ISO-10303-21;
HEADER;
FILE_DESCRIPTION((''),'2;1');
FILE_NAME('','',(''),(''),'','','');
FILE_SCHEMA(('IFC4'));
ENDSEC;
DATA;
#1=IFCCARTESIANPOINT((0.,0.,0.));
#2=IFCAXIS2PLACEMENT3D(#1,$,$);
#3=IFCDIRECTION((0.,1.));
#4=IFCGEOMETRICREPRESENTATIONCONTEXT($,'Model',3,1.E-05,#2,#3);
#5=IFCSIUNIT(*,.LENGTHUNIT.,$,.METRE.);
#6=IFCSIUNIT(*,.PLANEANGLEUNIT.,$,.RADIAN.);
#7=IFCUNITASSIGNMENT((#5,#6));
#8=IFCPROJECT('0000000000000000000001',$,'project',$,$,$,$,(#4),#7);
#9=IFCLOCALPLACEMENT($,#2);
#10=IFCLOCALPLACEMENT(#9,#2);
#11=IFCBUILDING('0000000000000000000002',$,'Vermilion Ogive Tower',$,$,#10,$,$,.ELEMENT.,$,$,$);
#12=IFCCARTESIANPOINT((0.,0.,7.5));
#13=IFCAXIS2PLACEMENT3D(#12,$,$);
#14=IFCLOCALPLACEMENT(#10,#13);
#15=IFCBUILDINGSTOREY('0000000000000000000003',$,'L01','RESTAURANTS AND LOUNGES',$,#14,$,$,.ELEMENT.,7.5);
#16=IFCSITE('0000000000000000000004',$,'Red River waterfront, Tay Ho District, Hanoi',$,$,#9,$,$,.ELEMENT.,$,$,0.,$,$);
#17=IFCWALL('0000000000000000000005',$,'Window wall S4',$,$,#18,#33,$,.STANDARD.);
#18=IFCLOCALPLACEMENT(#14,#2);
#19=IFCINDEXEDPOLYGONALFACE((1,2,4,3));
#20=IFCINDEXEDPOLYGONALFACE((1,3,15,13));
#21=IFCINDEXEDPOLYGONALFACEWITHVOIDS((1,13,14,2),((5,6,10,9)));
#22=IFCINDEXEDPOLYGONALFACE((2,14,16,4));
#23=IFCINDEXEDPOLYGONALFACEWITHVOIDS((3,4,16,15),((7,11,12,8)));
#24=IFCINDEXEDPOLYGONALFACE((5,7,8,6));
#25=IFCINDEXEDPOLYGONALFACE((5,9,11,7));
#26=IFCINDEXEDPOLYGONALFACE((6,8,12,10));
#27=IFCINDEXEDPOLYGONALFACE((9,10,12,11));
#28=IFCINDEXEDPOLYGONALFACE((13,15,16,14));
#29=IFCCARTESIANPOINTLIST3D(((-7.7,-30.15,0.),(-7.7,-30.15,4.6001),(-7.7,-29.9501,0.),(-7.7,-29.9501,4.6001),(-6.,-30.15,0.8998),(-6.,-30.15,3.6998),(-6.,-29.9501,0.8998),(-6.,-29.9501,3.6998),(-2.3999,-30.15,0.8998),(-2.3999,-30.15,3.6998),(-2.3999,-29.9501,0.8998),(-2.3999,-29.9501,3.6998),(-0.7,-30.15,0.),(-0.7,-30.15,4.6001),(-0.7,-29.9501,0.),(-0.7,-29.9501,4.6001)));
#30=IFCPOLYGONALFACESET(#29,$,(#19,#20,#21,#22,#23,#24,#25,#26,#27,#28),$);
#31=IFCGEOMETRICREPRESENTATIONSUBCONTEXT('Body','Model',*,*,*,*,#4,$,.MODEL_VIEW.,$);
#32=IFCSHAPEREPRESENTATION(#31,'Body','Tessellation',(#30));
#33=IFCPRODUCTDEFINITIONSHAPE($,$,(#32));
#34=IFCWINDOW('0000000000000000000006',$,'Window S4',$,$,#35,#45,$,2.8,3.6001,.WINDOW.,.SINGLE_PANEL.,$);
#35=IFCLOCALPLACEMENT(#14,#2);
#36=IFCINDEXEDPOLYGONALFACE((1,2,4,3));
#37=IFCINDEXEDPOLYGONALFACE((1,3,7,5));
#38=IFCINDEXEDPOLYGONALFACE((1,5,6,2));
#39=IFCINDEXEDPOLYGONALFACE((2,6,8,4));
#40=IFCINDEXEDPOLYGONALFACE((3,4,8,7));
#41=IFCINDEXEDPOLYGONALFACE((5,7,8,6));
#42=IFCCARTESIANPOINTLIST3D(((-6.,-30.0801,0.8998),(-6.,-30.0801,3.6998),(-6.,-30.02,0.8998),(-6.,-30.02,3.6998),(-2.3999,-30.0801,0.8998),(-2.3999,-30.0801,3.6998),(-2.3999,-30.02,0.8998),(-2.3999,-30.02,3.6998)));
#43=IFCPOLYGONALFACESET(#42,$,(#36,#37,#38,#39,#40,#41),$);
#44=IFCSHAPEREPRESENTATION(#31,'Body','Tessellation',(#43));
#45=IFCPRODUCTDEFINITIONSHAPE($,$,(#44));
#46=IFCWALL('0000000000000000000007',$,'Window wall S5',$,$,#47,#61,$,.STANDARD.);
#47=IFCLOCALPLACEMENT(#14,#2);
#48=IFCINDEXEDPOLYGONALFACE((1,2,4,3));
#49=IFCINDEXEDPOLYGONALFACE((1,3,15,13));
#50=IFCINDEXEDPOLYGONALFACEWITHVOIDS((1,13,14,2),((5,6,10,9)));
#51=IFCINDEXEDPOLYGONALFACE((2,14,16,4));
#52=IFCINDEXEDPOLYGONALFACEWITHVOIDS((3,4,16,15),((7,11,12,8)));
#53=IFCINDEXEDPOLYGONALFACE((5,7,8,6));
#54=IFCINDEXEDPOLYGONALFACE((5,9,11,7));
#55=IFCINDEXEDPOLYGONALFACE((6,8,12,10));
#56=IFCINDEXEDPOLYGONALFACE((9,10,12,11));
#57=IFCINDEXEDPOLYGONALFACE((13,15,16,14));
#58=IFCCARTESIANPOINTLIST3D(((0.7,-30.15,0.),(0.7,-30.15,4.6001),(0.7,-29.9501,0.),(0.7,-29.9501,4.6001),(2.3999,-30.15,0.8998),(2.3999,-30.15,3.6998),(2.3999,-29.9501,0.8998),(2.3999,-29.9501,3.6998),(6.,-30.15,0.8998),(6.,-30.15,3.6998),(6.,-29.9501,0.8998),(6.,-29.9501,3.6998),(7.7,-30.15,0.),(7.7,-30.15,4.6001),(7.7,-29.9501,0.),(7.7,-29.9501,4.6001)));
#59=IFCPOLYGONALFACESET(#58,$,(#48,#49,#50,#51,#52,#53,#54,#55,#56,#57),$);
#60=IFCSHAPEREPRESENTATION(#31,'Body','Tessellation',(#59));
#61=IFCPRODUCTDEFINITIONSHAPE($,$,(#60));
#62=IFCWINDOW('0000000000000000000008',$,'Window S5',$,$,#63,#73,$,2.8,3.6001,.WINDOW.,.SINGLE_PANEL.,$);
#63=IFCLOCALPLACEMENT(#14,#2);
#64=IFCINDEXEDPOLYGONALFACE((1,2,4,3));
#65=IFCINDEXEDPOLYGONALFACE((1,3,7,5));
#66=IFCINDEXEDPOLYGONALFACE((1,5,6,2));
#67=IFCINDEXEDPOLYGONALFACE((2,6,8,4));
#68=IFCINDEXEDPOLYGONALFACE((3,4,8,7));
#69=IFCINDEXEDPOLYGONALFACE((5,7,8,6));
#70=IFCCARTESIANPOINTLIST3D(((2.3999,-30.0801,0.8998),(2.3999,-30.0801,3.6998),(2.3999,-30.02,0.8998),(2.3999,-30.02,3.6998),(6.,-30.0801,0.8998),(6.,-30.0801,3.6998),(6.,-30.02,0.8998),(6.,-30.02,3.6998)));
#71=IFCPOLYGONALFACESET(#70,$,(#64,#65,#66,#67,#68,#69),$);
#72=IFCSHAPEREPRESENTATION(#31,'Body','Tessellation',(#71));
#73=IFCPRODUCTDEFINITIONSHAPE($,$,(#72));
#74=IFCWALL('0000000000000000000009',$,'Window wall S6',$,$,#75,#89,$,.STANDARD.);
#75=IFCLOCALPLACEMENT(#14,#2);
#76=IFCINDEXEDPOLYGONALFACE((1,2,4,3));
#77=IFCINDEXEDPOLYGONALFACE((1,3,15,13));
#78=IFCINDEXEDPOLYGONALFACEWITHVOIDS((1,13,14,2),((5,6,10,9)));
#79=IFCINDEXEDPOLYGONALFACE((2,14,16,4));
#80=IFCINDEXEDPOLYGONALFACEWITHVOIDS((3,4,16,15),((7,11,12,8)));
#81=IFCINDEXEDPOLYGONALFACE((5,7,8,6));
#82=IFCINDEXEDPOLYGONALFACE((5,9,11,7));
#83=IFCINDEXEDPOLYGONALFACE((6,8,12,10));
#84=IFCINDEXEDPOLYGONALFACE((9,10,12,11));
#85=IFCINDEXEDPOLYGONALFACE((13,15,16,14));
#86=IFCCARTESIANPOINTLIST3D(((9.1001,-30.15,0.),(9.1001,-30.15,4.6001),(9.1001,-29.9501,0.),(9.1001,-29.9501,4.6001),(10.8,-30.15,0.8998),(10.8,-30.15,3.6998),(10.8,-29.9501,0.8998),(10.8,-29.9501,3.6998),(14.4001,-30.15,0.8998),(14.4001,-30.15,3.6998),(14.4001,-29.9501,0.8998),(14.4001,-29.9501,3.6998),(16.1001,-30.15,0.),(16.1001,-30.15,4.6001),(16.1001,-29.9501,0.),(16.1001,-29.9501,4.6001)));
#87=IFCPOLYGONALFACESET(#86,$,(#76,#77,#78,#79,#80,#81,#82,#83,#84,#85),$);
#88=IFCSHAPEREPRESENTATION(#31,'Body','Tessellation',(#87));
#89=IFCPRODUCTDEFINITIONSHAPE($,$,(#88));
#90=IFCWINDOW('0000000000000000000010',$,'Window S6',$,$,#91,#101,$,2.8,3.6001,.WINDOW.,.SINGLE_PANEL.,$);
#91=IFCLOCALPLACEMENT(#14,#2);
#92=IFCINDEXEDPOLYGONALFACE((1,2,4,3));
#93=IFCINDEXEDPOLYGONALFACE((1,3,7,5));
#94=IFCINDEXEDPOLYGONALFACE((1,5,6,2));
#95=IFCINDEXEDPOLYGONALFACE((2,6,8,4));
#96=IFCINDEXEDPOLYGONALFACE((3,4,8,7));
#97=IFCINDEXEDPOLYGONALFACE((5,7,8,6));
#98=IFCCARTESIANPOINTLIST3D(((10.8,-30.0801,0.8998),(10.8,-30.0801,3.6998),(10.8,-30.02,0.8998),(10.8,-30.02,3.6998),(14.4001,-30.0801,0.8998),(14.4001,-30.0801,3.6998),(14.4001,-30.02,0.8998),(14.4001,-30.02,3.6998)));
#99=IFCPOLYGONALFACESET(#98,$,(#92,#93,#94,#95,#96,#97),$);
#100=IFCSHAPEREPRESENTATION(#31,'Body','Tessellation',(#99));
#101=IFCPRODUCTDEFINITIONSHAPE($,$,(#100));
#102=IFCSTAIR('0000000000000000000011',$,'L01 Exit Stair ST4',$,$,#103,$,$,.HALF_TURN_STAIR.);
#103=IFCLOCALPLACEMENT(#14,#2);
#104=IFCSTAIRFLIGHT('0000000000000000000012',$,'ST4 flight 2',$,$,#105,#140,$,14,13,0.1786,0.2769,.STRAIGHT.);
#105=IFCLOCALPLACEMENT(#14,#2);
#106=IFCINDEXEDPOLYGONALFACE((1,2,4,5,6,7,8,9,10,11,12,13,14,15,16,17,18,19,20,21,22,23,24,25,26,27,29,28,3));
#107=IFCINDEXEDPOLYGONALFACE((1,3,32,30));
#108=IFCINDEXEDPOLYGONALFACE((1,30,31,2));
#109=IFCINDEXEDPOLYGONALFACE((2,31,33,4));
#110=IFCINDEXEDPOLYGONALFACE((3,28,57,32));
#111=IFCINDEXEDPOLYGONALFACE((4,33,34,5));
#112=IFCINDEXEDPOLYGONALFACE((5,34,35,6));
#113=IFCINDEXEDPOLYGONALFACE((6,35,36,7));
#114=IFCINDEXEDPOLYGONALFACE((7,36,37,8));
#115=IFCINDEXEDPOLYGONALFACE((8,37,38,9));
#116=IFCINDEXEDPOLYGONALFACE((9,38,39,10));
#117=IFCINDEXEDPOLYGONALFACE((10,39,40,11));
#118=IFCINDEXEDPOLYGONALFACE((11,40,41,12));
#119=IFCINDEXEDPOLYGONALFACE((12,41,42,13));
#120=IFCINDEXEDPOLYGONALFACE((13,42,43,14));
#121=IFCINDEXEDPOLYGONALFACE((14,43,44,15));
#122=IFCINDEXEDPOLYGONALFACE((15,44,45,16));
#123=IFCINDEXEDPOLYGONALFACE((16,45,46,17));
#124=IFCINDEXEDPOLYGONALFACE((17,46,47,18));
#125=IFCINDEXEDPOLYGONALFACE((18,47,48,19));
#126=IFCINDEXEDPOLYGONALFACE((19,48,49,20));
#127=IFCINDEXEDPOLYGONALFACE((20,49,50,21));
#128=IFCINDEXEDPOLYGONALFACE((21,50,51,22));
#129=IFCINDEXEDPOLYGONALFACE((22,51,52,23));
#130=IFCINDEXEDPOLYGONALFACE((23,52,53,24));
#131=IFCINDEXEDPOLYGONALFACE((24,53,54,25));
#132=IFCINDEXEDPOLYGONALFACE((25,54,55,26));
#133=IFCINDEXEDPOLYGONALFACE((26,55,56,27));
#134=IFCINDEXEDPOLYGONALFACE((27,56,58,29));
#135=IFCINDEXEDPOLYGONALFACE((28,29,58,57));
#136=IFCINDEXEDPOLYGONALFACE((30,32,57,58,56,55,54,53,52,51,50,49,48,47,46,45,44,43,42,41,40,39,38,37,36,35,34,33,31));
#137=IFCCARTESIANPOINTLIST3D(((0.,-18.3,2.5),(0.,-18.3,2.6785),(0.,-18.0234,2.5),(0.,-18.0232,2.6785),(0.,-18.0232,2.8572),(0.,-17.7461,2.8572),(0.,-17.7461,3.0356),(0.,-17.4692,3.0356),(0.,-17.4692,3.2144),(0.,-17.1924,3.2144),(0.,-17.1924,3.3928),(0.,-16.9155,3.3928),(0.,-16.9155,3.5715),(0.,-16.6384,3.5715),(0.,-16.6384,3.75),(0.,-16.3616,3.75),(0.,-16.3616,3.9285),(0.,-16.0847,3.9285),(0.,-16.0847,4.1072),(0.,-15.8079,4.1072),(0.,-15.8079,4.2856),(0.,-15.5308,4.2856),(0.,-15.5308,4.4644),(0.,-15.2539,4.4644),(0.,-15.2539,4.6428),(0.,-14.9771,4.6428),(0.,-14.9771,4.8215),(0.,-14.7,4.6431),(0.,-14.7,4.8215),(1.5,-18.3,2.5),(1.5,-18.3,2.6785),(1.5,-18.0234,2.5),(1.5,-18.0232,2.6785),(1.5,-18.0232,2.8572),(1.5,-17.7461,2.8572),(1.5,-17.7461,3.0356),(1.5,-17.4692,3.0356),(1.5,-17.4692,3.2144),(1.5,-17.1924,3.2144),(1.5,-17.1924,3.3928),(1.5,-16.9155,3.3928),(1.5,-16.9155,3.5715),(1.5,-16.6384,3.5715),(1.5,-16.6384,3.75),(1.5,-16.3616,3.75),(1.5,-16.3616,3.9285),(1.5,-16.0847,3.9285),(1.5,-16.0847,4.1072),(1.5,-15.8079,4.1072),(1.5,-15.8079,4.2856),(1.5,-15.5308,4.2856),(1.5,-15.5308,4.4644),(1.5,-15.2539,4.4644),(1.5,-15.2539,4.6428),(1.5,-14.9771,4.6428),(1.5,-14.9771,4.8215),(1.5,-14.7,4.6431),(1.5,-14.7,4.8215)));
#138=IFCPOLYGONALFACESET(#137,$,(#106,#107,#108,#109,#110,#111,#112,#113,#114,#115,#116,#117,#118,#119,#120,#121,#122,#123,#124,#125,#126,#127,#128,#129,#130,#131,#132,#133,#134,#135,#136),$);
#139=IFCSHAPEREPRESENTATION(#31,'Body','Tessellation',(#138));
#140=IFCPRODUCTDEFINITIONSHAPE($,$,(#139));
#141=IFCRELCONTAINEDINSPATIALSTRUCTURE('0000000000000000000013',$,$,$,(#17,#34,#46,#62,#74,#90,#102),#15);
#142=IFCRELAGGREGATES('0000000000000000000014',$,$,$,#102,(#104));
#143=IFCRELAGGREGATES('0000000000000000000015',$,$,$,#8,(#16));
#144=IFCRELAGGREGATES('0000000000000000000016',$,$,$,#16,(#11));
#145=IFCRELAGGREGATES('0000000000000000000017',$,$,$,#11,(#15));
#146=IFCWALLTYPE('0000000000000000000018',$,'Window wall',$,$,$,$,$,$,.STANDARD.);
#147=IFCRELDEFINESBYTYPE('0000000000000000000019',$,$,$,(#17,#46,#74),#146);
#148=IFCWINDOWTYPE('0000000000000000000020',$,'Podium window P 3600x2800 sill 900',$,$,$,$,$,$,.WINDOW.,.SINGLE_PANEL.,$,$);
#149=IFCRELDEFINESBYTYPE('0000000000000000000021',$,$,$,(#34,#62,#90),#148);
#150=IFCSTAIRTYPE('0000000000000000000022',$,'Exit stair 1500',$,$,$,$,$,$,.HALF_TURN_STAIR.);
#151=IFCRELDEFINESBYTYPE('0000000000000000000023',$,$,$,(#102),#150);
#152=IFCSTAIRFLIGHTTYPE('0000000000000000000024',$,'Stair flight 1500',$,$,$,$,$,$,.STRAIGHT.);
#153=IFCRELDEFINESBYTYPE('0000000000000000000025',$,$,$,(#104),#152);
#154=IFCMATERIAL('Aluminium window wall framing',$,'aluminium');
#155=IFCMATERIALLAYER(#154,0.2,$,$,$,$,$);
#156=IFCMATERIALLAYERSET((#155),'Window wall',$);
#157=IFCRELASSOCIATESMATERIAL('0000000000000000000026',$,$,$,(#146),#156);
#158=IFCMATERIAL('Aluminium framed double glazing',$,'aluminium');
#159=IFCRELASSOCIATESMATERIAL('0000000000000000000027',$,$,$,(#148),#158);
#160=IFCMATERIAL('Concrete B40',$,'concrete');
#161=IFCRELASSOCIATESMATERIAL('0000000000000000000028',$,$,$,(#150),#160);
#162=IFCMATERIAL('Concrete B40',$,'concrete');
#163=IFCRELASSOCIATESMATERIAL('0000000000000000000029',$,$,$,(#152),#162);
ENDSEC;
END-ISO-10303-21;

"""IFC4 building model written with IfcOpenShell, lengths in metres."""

from ifc_helpers import new_model, si_unit, direction, frame, frame_2d, origin, place, context, subcontext, project, spatial, polyline, rectangle, outline, extrude, material, layer, layer_set, type_object, element, fill, aggregate, save


model = new_model("IFC4")

# Units and contexts
model_context = context("Model", 3, precision=1e-05, world=origin(), true_north=direction((0.0, 1.0)))
body_context = subcontext(model_context, "Body", "Model", "MODEL_VIEW")
ifc_project = project(units=[si_unit("LENGTHUNIT", "METRE"), si_unit("PLANEANGLEUNIT", "RADIAN")], contexts=[model_context])

# Site, building, storey
site_placement = place(None, origin())
site = spatial("IfcSite", under=ifc_project, at=site_placement, Name="Red River waterfront, Tay Ho District, Hanoi", CompositionType="ELEMENT", RefElevation=0.0)
building_placement = place(site_placement, origin())
building = spatial("IfcBuilding", under=site, at=building_placement, Name="Vermilion Ogive Tower", CompositionType="ELEMENT")
storey_placement = place(building_placement, frame((0.0, 0.0, 7.5)))
storey = spatial("IfcBuildingStorey", under=building, at=storey_placement, Name="L01", Description="RESTAURANTS AND LOUNGES", CompositionType="ELEMENT", Elevation=7.5)

# Walls, openings, windows
ifc_material_1 = material(Name="Aluminium window wall framing", Category="aluminium")
ifc_layer_1 = layer(ifc_material_1, 0.2)
ifc_layer_set_1 = layer_set([ifc_layer_1], Name="Window wall")
wall_type_1 = type_object("IfcWallType", Name="Window wall", PredefinedType="STANDARD", material=ifc_layer_set_1)
wall_1_placement = place(storey_placement, frame((-7.7, -30.05, 0.0), z_axis=(0.0, 0.0, 1.0), x_axis=(1.0, 0.0, 0.0)))
wall_1 = element("IfcWall", 1, at=wall_1_placement, inside=storey, type_object=wall_type_1, Name="Window wall S4", PredefinedType="STANDARD", context=body_context, shape_type="SweptSolid", body=[
    extrude(rectangle(XDim=7.0, YDim=0.2, at=frame_2d((3.5, 0.0))), origin(), (0.0, 0.0, 1.0), 4.6001),
])
opening_1_placement = place(wall_1_placement, frame((1.7, 0.0, 0.8999)))
opening_1 = element("IfcOpeningElement", 2, at=opening_1_placement, cuts=wall_1, PredefinedType="OPENING", context=body_context, shape_type="SweptSolid", body=[
    extrude(rectangle(XDim=3.6001, YDim=2.8, at=frame_2d((1.8, 1.3999))), frame((0.0, 0.1099, 0.0), z_axis=(0.0, -1.0, 0.0), x_axis=(1.0, 0.0, 0.0)), (0.0, 0.0, 1.0), 0.22),
])
ifc_material_2 = material(Name="Aluminium framed double glazing", Category="aluminium")
window_type = type_object("IfcWindowType", Name="Podium window P 3600x2800 sill 900", PartitioningType="SINGLE_PANEL", PredefinedType="WINDOW", material=ifc_material_2)
window_1_placement = place(opening_1_placement, origin())
window_1 = element("IfcWindow", 3, at=window_1_placement, inside=storey, type_object=window_type, Name="Window S4", OverallHeight=2.8, OverallWidth=3.6001, PartitioningType="SINGLE_PANEL", PredefinedType="WINDOW", context=body_context, shape_type="SweptSolid", body=[
    extrude(rectangle(XDim=3.6001, YDim=2.8, at=frame_2d((1.8, 1.3999))), frame((0.0, 0.03, 0.0), z_axis=(0.0, -1.0, 0.0), x_axis=(1.0, 0.0, 0.0)), (0.0, 0.0, 1.0), 0.0601),
])
fill(opening_1, window_1)
wall_2_placement = place(storey_placement, frame((0.7, -30.05, 0.0), z_axis=(0.0, 0.0, 1.0), x_axis=(1.0, 0.0, 0.0)))
wall_2 = element("IfcWall", 4, at=wall_2_placement, inside=storey, type_object=wall_type_1, Name="Window wall S5", PredefinedType="STANDARD", context=body_context, shape_type="SweptSolid", body=[
    extrude(rectangle(XDim=7.0, YDim=0.2, at=frame_2d((3.5, 0.0))), origin(), (0.0, 0.0, 1.0), 4.6001),
])
opening_2_placement = place(wall_2_placement, frame((1.7, 0.0, 0.8999)))
opening_2 = element("IfcOpeningElement", 5, at=opening_2_placement, cuts=wall_2, PredefinedType="OPENING", context=body_context, shape_type="SweptSolid", body=[
    extrude(rectangle(XDim=3.6001, YDim=2.8, at=frame_2d((1.8, 1.3999))), frame((0.0, 0.1099, 0.0), z_axis=(0.0, -1.0, 0.0), x_axis=(1.0, 0.0, 0.0)), (0.0, 0.0, 1.0), 0.22),
])
window_2_placement = place(opening_2_placement, origin())
window_2 = element("IfcWindow", 6, at=window_2_placement, inside=storey, type_object=window_type, Name="Window S5", OverallHeight=2.8, OverallWidth=3.6001, PartitioningType="SINGLE_PANEL", PredefinedType="WINDOW", context=body_context, shape_type="SweptSolid", body=[
    extrude(rectangle(XDim=3.6001, YDim=2.8, at=frame_2d((1.8, 1.3999))), frame((0.0, 0.03, 0.0), z_axis=(0.0, -1.0, 0.0), x_axis=(1.0, 0.0, 0.0)), (0.0, 0.0, 1.0), 0.0601),
])
fill(opening_2, window_2)
wall_3_placement = place(storey_placement, frame((9.1001, -30.05, 0.0), z_axis=(0.0, 0.0, 1.0), x_axis=(1.0, 0.0, 0.0)))
wall_3 = element("IfcWall", 7, at=wall_3_placement, inside=storey, type_object=wall_type_1, Name="Window wall S6", PredefinedType="STANDARD", context=body_context, shape_type="SweptSolid", body=[
    extrude(rectangle(XDim=7.0, YDim=0.2, at=frame_2d((3.5, 0.0))), origin(), (0.0, 0.0, 1.0), 4.6001),
])
opening_3_placement = place(wall_3_placement, frame((1.7, 0.0, 0.8999)))
opening_3 = element("IfcOpeningElement", 8, at=opening_3_placement, cuts=wall_3, PredefinedType="OPENING", context=body_context, shape_type="SweptSolid", body=[
    extrude(rectangle(XDim=3.6001, YDim=2.8, at=frame_2d((1.8, 1.3999))), frame((0.0, 0.1099, 0.0), z_axis=(0.0, -1.0, 0.0), x_axis=(1.0, 0.0, 0.0)), (0.0, 0.0, 1.0), 0.22),
])
window_3_placement = place(opening_3_placement, origin())
window_3 = element("IfcWindow", 9, at=window_3_placement, inside=storey, type_object=window_type, Name="Window S6", OverallHeight=2.8, OverallWidth=3.6001, PartitioningType="SINGLE_PANEL", PredefinedType="WINDOW", context=body_context, shape_type="SweptSolid", body=[
    extrude(rectangle(XDim=3.6001, YDim=2.8, at=frame_2d((1.8, 1.3999))), frame((0.0, 0.03, 0.0), z_axis=(0.0, -1.0, 0.0), x_axis=(1.0, 0.0, 0.0)), (0.0, 0.0, 1.0), 0.0601),
])
fill(opening_3, window_3)

# Stair, stair flight
ifc_material_3 = material(Name="Concrete B40", Category="concrete")
stair_type = type_object("IfcStairType", Name="Exit stair 1500", PredefinedType="HALF_TURN_STAIR", material=ifc_material_3)
stair_1_placement = place(storey_placement, origin())
stair_1 = element("IfcStair", 10, at=stair_1_placement, inside=storey, type_object=stair_type, Name="L01 Exit Stair ST4", PredefinedType="HALF_TURN_STAIR")
ifc_material_4 = material(Name="Concrete B40", Category="concrete")
stair_flight_type = type_object("IfcStairFlightType", Name="Stair flight 1500", PredefinedType="STRAIGHT", material=ifc_material_4)
stair_flight_1_placement = place(storey_placement, frame((0.75, -18.3, 2.5), z_axis=(0.0, 0.0, 1.0), x_axis=(0.0, 1.0, 0.0)))
stair_flight_1 = element("IfcStairFlight", 11, at=stair_flight_1_placement, type_object=stair_flight_type, Name="ST4 flight 2", NumberOfRisers=14, NumberOfTreads=13, PredefinedType="STRAIGHT", RiserHeight=0.1786, TreadLength=0.2769, context=body_context, shape_type="SweptSolid", body=[
    extrude(outline(polyline([(0.0, 0.0), (0.0, 0.1785), (0.2769, 0.1785), (0.2769, 0.3572), (0.554, 0.3572), (0.554, 0.5356), (0.8308, 0.5356), (0.8308, 0.7144), (1.1077, 0.7144), (1.1077, 0.8928), (1.3845, 0.8928), (1.3845, 1.0715), (1.6616, 1.0715), (1.6616, 1.25), (1.9385, 1.25), (1.9385, 1.4285), (2.2153, 1.4285), (2.2153, 1.6072), (2.4922, 1.6072), (2.4922, 1.7856), (2.7693, 1.7856), (2.7693, 1.9644), (3.0461, 1.9644), (3.0461, 2.1428), (3.323, 2.1428), (3.323, 2.3215), (3.6001, 2.3215), (3.6001, 2.5), (3.6001, 2.1431), (0.2766, 0.0), (0.0, 0.0)])), frame((0.0, 0.75, 0.0), z_axis=(0.0, -1.0, 0.0), x_axis=(1.0, 0.0, 0.0)), (0.0, 0.0, 1.0), 1.5),
])
aggregate(stair_1, [stair_flight_1])

save(model, "model.ifc")
